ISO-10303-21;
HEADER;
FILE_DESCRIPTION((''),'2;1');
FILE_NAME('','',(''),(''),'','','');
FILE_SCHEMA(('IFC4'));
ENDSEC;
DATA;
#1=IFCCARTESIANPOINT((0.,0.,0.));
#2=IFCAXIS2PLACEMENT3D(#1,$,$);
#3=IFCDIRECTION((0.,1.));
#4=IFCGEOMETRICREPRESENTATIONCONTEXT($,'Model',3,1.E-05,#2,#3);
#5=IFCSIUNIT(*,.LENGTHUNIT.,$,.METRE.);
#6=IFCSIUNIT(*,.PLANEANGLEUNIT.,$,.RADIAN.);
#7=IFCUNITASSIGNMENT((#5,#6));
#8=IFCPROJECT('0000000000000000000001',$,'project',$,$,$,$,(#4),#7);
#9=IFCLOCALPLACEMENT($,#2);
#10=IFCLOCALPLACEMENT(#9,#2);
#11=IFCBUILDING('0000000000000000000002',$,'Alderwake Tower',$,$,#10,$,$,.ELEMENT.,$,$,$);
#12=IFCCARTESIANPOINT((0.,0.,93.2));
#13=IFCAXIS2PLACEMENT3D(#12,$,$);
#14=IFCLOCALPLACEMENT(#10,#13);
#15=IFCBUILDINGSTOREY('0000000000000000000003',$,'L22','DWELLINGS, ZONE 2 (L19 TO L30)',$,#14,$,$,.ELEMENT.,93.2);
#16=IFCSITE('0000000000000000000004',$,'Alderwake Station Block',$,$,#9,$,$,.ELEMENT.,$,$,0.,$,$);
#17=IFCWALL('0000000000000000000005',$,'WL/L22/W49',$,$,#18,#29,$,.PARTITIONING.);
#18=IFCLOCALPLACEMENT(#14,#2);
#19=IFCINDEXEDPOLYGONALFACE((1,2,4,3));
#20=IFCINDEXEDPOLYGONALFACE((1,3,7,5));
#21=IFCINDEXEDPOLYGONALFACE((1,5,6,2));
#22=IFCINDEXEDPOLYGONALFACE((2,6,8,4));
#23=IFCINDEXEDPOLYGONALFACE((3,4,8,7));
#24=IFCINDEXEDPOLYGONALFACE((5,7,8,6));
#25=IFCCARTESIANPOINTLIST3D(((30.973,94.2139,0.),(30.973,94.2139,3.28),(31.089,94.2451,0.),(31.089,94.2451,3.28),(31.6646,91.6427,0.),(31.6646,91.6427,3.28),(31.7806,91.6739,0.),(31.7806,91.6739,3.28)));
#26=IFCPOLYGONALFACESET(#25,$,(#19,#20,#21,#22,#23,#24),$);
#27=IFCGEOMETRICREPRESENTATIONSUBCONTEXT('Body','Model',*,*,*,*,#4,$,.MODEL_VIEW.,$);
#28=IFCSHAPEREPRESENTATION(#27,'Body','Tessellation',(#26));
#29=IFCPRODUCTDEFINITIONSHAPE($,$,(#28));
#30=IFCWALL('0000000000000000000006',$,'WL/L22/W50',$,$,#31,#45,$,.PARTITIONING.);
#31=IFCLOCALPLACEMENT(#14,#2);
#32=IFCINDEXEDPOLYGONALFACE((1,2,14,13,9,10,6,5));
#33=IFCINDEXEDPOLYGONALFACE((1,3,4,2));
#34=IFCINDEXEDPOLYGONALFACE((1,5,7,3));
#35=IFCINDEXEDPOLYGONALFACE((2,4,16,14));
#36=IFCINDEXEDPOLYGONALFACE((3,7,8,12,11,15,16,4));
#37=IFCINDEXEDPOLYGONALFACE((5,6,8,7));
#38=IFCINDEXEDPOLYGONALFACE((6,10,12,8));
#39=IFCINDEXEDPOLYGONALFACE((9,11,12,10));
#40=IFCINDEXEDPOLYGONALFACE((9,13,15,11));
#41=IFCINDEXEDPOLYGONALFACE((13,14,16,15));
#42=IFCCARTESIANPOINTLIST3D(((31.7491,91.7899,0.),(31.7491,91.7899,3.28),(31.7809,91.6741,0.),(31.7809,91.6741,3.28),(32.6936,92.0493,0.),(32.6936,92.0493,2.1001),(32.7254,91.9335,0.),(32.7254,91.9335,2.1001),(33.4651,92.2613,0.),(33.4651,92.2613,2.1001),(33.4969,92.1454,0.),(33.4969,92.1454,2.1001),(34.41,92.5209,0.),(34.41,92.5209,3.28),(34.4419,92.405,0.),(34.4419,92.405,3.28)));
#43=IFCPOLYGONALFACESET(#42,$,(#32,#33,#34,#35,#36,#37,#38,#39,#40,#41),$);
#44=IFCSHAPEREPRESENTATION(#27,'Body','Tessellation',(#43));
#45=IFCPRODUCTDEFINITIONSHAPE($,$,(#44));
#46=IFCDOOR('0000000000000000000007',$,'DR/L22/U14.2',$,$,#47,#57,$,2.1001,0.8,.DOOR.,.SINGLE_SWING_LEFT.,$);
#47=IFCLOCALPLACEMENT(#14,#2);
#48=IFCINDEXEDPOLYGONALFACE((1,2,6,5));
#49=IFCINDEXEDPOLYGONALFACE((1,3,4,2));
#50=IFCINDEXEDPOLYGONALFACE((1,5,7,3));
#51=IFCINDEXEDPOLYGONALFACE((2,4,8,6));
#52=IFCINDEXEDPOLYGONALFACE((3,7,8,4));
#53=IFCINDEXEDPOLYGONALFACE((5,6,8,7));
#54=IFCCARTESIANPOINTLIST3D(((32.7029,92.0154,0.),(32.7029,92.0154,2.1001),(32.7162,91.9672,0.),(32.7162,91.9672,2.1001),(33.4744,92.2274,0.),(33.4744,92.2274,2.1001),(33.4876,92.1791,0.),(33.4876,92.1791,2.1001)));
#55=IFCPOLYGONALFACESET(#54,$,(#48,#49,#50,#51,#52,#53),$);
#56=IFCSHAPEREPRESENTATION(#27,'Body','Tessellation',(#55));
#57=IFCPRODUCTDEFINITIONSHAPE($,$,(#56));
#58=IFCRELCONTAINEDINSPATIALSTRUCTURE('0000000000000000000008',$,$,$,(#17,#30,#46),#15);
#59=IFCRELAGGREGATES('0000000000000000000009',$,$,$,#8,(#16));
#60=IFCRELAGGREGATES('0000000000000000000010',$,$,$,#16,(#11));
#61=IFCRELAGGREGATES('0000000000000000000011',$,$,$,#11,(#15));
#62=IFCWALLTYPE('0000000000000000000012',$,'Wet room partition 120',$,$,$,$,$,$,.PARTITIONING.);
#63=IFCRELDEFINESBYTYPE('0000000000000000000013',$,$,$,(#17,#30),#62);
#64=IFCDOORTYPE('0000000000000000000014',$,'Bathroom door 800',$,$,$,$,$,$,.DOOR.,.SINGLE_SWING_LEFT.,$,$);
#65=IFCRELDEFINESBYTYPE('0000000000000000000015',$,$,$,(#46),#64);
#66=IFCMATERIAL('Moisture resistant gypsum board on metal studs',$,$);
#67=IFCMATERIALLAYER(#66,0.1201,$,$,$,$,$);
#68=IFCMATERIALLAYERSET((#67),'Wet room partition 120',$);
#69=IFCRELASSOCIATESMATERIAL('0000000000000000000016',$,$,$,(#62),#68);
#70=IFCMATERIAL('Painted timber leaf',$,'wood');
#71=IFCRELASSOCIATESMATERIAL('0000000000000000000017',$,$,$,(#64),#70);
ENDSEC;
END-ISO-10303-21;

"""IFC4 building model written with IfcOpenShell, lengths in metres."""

from ifc_helpers import new_model, si_unit, direction, frame, frame_2d, origin, place, context, subcontext, project, spatial, rectangle, extrude, material, layer, layer_set, type_object, element, fill, save


model = new_model("IFC4")

# Units and contexts
model_context = context("Model", 3, precision=1e-05, world=origin(), true_north=direction((0.0, 1.0)))
body_context = subcontext(model_context, "Body", "Model", "MODEL_VIEW")
ifc_project = project(units=[si_unit("LENGTHUNIT", "METRE"), si_unit("PLANEANGLEUNIT", "RADIAN")], contexts=[model_context])

# Site, building, storey
site_placement = place(None, origin())
site = spatial("IfcSite", under=ifc_project, at=site_placement, Name="Alderwake Station Block", CompositionType="ELEMENT", RefElevation=0.0)
building_placement = place(site_placement, origin())
building = spatial("IfcBuilding", under=site, at=building_placement, Name="Alderwake Tower", CompositionType="ELEMENT")
storey_placement = place(building_placement, frame((0.0, 0.0, 93.2)))
storey = spatial("IfcBuildingStorey", under=building, at=storey_placement, Name="L22", Description="DWELLINGS, ZONE 2 (L19 TO L30)", CompositionType="ELEMENT", Elevation=93.2)

# Wall
ifc_material_1 = material(Name="Moisture resistant gypsum board on metal studs")
ifc_layer_1 = layer(ifc_material_1, 0.1201)
ifc_layer_set_1 = layer_set([ifc_layer_1], Name="Wet room partition 120")
wall_type_1 = type_object("IfcWallType", Name="Wet room partition 120", PredefinedType="PARTITIONING", material=ifc_layer_set_1)
wall_1_placement = place(storey_placement, frame((31.031, 94.2295, 0.0), z_axis=(0.0, 0.0, 1.0), x_axis=(0.259756, -0.965674, 0.0)))
element("IfcWall", 1, at=wall_1_placement, inside=storey, type_object=wall_type_1, Name="WL/L22/W49", PredefinedType="PARTITIONING", context=body_context, shape_type="SweptSolid", body=[
    extrude(rectangle(XDim=2.6626, YDim=0.1201, at=frame_2d((1.3313, 0.0))), origin(), (0.0, 0.0, 1.0), 3.28),
])

# Wall, opening, door
wall_2_placement = place(storey_placement, frame((31.7649, 91.7319, 0.0), z_axis=(0.0, 0.0, 1.0), x_axis=(0.964278, 0.264891, 0.0)))
wall_2 = element("IfcWall", 2, at=wall_2_placement, inside=storey, type_object=wall_type_1, Name="WL/L22/W50", PredefinedType="PARTITIONING", context=body_context, shape_type="SweptSolid", body=[
    extrude(rectangle(XDim=2.7595, YDim=0.1201, at=frame_2d((1.3799, 0.0))), origin(), (0.0, 0.0, 1.0), 3.28),
])
opening_1_placement = place(wall_2_placement, frame((0.9797, 0.0, 0.0)))
opening_1 = element("IfcOpeningElement", 3, at=opening_1_placement, cuts=wall_2, PredefinedType="OPENING", context=body_context, shape_type="SweptSolid", body=[
    extrude(rectangle(XDim=0.8, YDim=2.1001, at=frame_2d((0.3999, 1.05))), frame((0.0, 0.0701, 0.0), z_axis=(0.0, -1.0, 0.0), x_axis=(1.0, 0.0, 0.0)), (0.0, 0.0, 1.0), 0.1401),
])
ifc_material_2 = material(Name="Painted timber leaf", Category="wood")
door_type_1 = type_object("IfcDoorType", Name="Bathroom door 800", OperationType="SINGLE_SWING_LEFT", PredefinedType="DOOR", material=ifc_material_2)
door_1_placement = place(opening_1_placement, origin())
door_1 = element("IfcDoor", 4, at=door_1_placement, inside=storey, type_object=door_type_1, Name="DR/L22/U14.2", OperationType="SINGLE_SWING_LEFT", OverallHeight=2.1001, OverallWidth=0.8, PredefinedType="DOOR", context=body_context, shape_type="SweptSolid", body=[
    extrude(rectangle(XDim=0.8, YDim=2.1001, at=frame_2d((0.3999, 1.05))), frame((0.0, 0.0249, 0.0), z_axis=(0.0, -1.0, 0.0), x_axis=(1.0, 0.0, 0.0)), (0.0, 0.0, 1.0), 0.05),
])
fill(opening_1, door_1)

save(model, "model.ifc")
